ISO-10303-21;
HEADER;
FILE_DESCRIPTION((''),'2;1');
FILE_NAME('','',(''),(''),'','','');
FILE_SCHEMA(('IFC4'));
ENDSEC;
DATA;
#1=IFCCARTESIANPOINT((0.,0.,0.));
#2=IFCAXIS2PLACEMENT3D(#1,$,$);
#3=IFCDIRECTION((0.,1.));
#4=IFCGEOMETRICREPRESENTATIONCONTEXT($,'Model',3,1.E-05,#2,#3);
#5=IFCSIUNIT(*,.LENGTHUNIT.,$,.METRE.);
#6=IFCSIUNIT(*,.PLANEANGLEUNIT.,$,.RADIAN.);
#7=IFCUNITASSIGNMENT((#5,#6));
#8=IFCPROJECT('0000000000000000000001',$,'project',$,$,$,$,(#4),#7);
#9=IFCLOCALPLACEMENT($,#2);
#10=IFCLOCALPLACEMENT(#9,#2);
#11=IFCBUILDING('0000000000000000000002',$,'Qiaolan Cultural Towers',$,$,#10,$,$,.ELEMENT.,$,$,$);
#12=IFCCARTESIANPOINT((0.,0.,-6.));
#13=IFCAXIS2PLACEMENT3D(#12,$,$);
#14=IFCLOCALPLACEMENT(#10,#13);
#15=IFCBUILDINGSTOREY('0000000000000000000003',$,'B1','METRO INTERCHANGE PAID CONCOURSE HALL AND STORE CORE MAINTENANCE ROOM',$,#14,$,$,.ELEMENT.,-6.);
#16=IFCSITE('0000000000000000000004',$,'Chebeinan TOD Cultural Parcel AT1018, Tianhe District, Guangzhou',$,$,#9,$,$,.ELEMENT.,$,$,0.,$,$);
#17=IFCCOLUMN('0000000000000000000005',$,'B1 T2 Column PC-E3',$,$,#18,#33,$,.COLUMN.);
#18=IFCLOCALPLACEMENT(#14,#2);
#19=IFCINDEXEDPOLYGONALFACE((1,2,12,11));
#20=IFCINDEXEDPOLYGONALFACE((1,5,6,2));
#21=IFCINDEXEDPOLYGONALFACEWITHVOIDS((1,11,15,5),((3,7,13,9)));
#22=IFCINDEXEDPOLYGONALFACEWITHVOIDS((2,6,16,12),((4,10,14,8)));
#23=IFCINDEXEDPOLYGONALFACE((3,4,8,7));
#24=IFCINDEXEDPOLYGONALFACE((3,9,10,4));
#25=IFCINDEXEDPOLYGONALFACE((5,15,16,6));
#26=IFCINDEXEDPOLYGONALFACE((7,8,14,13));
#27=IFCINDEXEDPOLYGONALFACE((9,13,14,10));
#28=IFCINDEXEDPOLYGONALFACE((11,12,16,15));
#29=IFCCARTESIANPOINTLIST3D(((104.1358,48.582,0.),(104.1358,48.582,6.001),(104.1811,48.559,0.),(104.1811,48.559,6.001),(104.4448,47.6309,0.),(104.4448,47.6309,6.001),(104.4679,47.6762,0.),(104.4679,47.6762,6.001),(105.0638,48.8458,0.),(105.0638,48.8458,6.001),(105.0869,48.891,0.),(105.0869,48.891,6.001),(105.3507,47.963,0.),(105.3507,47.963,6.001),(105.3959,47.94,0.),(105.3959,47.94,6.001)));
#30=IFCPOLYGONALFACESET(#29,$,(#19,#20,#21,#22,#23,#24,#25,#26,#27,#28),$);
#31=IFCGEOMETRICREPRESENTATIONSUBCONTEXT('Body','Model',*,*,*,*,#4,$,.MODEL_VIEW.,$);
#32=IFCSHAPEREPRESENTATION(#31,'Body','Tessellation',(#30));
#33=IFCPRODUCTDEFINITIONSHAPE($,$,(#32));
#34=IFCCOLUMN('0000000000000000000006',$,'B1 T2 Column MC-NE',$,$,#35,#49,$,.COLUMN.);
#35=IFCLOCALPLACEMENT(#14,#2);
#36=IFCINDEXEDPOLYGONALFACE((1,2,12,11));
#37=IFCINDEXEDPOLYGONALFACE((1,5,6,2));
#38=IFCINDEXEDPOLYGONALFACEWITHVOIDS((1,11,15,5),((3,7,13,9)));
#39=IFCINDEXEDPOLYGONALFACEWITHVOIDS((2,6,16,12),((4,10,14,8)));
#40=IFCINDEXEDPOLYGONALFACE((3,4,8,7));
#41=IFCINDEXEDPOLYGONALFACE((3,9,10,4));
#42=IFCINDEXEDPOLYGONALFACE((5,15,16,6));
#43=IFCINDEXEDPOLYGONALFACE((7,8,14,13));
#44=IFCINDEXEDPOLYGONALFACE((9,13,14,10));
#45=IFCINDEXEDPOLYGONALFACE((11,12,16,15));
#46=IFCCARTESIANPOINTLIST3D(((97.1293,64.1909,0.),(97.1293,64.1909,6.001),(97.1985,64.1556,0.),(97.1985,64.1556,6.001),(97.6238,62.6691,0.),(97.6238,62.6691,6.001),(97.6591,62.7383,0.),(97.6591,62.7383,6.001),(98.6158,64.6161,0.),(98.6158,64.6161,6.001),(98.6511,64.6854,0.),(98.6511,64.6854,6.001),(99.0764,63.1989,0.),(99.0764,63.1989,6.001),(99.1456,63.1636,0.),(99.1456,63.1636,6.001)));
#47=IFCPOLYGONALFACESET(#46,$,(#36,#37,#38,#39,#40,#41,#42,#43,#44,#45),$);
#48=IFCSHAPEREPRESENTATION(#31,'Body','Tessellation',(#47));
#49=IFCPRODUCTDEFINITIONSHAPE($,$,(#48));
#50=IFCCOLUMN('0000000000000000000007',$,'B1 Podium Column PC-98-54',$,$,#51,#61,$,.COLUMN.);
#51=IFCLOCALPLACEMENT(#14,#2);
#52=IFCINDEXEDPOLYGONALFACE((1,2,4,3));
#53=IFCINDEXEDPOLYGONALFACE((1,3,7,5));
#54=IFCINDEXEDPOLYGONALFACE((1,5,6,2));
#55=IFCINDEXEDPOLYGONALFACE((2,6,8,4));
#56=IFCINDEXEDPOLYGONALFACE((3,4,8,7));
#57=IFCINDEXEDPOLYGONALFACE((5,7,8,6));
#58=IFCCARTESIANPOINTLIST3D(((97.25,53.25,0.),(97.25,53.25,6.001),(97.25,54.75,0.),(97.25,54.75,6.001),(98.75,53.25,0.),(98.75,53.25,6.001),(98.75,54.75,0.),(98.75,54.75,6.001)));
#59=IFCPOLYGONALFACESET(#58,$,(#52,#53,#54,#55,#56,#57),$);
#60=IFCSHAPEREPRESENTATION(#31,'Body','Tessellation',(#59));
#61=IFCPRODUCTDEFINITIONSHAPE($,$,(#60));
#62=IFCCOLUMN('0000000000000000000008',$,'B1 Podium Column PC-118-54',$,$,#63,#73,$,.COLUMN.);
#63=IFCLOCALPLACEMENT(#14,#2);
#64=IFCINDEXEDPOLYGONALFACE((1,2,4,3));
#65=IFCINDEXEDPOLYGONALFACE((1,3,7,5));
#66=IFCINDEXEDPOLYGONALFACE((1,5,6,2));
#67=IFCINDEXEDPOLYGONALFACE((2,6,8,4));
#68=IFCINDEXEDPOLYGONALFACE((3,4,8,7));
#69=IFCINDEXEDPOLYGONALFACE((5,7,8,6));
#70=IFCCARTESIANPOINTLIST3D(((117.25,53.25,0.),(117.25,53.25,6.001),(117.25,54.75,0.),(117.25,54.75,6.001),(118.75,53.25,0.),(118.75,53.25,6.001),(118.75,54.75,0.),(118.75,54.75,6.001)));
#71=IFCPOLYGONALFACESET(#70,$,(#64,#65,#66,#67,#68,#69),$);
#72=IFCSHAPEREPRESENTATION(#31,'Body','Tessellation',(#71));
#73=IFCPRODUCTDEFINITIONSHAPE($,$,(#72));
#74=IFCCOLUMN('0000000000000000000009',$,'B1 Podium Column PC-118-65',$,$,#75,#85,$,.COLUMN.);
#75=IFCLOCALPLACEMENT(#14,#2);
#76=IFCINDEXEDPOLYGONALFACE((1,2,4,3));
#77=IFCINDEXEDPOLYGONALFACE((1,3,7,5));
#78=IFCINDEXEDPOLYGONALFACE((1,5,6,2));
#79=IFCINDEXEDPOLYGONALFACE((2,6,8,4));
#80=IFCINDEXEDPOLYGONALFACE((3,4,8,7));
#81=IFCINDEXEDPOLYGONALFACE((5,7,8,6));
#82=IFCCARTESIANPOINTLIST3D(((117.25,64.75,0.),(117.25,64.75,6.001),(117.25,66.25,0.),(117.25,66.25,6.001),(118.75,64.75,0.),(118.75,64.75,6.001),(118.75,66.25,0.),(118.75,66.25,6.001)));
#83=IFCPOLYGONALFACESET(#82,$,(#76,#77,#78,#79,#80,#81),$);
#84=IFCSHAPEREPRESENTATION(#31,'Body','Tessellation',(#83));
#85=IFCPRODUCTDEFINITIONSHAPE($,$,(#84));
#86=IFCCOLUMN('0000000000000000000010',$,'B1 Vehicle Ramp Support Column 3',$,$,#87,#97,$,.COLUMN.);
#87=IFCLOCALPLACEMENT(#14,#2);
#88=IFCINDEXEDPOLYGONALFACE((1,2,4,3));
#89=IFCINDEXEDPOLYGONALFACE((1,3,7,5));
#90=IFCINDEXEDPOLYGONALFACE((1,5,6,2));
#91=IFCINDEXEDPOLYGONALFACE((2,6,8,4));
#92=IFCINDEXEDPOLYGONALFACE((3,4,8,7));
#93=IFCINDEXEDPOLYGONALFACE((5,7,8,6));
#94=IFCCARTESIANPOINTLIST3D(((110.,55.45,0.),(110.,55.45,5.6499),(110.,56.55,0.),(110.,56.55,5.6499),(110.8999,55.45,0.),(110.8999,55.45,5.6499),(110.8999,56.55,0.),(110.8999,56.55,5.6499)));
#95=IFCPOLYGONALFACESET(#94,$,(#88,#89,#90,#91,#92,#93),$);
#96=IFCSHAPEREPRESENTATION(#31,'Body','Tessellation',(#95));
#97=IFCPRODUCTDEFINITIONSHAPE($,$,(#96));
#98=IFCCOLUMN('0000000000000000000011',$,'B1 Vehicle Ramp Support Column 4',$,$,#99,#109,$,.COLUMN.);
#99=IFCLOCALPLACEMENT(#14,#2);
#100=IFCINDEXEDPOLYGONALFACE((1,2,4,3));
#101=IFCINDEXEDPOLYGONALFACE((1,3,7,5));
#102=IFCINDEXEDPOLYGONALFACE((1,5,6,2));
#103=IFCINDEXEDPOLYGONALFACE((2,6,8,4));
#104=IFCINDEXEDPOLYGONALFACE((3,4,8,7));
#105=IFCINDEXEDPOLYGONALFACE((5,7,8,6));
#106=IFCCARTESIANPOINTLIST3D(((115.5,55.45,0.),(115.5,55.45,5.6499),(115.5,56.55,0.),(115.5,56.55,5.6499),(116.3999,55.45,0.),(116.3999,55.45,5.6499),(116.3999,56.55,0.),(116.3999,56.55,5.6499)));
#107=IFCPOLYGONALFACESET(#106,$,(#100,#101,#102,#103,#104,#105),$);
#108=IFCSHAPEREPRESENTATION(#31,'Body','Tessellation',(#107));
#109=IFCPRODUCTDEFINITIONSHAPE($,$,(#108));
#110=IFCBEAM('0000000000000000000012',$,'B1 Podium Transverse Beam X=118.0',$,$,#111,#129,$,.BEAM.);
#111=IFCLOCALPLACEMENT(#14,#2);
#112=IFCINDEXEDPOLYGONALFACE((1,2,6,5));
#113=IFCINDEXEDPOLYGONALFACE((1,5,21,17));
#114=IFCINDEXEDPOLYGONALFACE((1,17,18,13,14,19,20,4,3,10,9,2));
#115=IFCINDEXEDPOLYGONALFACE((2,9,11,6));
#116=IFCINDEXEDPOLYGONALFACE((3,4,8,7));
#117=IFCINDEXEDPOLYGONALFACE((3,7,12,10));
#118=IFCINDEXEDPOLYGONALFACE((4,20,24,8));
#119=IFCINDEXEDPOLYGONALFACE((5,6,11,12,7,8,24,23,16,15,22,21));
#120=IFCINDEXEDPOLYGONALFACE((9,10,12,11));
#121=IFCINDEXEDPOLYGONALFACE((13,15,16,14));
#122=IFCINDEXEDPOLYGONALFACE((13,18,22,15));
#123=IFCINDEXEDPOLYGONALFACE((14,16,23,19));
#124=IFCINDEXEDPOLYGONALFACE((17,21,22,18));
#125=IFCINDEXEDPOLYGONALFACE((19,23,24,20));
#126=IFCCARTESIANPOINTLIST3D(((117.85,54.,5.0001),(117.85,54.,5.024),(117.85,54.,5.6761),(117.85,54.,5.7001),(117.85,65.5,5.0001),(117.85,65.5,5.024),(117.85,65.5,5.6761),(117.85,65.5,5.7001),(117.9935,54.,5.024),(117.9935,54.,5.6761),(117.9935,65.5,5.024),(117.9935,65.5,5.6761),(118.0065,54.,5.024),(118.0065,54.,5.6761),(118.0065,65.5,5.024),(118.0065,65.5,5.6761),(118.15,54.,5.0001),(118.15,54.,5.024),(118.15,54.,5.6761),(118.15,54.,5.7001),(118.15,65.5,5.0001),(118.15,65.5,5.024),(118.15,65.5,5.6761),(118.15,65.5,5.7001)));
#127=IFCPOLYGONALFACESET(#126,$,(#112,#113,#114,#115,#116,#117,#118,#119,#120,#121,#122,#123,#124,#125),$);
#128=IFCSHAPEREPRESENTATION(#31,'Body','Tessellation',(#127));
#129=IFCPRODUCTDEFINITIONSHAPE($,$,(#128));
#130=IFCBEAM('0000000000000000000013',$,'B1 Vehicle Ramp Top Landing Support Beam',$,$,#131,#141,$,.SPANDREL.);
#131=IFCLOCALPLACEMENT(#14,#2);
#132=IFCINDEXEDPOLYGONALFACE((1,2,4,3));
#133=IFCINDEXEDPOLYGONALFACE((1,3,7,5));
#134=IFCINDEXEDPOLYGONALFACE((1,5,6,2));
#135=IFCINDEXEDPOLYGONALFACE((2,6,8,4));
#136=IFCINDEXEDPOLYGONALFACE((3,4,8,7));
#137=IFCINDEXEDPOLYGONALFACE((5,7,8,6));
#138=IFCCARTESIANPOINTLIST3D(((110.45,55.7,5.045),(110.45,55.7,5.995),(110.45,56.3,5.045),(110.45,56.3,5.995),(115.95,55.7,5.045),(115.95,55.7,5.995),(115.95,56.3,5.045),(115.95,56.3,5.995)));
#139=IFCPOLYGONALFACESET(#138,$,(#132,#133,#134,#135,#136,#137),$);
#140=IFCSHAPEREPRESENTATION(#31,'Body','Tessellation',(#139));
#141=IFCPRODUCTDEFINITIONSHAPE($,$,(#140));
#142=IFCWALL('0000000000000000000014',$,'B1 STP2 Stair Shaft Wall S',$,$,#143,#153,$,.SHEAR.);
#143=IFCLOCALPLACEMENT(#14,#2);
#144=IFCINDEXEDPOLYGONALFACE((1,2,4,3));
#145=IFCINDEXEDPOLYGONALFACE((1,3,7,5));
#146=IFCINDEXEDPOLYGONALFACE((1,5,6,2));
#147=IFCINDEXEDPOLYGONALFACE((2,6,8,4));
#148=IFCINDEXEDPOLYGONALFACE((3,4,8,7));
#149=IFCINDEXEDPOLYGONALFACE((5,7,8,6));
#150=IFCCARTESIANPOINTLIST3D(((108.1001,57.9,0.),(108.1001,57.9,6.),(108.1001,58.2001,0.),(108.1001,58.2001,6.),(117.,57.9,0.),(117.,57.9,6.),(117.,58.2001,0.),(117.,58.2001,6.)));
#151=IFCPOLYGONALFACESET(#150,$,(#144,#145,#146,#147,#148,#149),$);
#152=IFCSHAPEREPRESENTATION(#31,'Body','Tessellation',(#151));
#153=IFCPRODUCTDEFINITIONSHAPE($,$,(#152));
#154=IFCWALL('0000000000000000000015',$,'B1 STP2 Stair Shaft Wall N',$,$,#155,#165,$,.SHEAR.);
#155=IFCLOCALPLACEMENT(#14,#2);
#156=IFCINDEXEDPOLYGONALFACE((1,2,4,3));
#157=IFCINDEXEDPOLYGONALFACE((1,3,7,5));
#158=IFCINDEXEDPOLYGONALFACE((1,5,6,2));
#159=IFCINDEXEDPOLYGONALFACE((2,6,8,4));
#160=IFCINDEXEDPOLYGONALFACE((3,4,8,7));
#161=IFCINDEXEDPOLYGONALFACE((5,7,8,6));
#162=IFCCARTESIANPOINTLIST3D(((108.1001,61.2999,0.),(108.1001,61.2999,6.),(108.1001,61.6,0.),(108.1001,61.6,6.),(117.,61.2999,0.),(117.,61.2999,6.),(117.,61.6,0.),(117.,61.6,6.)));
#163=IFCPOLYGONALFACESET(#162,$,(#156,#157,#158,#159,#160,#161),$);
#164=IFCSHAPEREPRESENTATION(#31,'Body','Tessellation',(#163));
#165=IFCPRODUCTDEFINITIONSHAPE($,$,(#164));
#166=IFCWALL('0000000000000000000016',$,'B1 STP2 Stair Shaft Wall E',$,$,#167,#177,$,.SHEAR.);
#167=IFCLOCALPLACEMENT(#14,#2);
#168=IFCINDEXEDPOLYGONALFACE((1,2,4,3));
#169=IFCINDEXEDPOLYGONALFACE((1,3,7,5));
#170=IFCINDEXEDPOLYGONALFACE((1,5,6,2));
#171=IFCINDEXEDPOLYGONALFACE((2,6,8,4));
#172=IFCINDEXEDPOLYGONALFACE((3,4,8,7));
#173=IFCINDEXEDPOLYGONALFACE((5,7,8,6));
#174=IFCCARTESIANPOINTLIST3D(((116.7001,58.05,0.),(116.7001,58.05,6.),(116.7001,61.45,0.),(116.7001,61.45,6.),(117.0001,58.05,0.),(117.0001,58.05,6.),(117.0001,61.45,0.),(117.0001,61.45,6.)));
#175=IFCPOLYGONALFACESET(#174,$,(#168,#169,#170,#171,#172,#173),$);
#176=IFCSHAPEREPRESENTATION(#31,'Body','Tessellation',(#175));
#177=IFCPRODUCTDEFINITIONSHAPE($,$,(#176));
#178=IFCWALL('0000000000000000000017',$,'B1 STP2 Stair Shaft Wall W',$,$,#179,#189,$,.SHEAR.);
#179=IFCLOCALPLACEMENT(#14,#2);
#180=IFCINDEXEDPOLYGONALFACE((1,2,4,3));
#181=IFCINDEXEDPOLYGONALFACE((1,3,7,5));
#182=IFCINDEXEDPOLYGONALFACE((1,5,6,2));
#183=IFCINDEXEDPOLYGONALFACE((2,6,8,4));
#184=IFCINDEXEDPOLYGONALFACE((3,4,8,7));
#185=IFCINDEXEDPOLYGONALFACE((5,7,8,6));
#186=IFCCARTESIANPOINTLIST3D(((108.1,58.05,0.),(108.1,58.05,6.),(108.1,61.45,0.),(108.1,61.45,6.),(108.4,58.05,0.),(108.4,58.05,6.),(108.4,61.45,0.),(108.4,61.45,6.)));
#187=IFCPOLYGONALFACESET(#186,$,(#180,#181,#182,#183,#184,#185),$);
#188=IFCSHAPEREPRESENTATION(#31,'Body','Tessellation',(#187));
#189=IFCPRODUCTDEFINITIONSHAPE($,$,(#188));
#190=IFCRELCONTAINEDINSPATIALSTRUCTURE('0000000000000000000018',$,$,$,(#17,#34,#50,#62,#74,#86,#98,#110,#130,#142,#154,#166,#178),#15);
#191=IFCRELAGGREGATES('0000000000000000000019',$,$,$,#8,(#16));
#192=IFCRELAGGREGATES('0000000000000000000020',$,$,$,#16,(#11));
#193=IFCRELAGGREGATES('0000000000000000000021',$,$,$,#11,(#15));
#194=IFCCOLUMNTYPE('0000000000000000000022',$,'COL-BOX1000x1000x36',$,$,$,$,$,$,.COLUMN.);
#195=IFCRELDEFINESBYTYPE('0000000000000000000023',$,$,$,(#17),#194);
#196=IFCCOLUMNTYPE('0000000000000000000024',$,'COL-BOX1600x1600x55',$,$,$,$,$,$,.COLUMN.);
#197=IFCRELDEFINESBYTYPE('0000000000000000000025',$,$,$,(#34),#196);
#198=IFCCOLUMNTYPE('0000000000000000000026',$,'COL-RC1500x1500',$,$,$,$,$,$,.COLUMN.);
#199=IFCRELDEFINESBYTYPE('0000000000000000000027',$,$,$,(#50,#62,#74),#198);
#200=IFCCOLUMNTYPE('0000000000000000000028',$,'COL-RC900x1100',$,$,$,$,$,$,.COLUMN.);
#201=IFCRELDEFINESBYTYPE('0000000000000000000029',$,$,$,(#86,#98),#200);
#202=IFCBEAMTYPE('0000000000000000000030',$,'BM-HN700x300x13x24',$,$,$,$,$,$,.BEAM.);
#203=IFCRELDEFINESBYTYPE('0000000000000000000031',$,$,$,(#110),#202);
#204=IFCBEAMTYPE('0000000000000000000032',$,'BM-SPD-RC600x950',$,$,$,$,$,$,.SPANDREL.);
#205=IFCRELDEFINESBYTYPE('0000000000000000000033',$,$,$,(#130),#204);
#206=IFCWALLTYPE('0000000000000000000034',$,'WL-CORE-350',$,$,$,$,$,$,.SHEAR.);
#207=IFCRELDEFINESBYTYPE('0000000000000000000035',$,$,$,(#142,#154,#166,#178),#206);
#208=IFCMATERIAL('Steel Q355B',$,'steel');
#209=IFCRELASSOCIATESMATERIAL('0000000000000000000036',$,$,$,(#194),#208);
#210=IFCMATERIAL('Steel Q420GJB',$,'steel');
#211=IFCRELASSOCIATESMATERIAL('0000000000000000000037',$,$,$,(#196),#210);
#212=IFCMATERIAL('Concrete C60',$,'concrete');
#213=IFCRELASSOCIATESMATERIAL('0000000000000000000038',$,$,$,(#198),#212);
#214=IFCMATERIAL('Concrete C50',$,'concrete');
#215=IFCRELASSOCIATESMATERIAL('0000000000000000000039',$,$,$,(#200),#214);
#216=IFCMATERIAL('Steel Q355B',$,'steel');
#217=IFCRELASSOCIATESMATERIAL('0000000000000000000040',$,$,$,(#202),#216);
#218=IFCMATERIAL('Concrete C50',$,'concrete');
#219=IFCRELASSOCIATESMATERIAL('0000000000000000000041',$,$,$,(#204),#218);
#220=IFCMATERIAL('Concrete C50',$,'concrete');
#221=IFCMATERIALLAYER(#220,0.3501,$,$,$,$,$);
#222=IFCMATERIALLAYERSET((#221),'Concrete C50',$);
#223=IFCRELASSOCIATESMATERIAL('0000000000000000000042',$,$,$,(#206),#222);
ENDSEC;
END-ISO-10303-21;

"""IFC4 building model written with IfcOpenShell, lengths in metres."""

from ifc_helpers import new_model, si_unit, direction, frame, frame_2d, origin, origin_2d, place, context, subcontext, project, spatial, rectangle, hollow_rectangle, i_section, extrude, material, layer, layer_set, material_profile, profile_set, type_object, element, save


model = new_model("IFC4")

# Units and contexts
model_context = context("Model", 3, precision=1e-05, world=origin(), true_north=direction((0.0, 1.0)))
body_context = subcontext(model_context, "Body", "Model", "MODEL_VIEW")
ifc_project = project(units=[si_unit("LENGTHUNIT", "METRE"), si_unit("PLANEANGLEUNIT", "RADIAN")], contexts=[model_context])

# Site, building, storey
site_placement = place(None, origin())
site = spatial("IfcSite", under=ifc_project, at=site_placement, Name="Chebeinan TOD Cultural Parcel AT1018, Tianhe District, Guangzhou", CompositionType="ELEMENT", RefElevation=0.0)
building_placement = place(site_placement, origin())
building = spatial("IfcBuilding", under=site, at=building_placement, Name="Qiaolan Cultural Towers", CompositionType="ELEMENT")
storey_placement = place(building_placement, frame((0.0, 0.0, -6.0)))
storey = spatial("IfcBuildingStorey", under=building, at=storey_placement, Name="B1", Description="METRO INTERCHANGE PAID CONCOURSE HALL AND STORE CORE MAINTENANCE ROOM", CompositionType="ELEMENT", Elevation=-6.0)

# Columns
ifc_material_1 = material(Name="Steel Q355B", Category="steel")
ifc_material_profile_1 = material_profile(ifc_material_1, hollow_rectangle(XDim=1.0, YDim=1.0, WallThickness=0.0359, at=origin_2d()), Name="BOX1000x1000x36")
ifc_profile_set_1 = profile_set([ifc_material_profile_1], Name="Steel Q355B")
column_type_1 = type_object("IfcColumnType", Name="COL-BOX1000x1000x36", PredefinedType="COLUMN", material=ifc_profile_set_1)
column_1_placement = place(storey_placement, frame((104.7659, 48.261, 0.0), z_axis=(0.0, 0.0, 1.0), x_axis=(0.951057, 0.309017, 0.0)))
element("IfcColumn", 1, at=column_1_placement, inside=storey, type_object=column_type_1, Name="B1 T2 Column PC-E3", PredefinedType="COLUMN", context=body_context, shape_type="SweptSolid", body=[
    extrude(hollow_rectangle(XDim=1.0, YDim=1.0, WallThickness=0.0359, at=origin_2d()), origin(), (0.0, 0.0, 1.0), 6.001),
])
ifc_material_2 = material(Name="Steel Q420GJB", Category="steel")
ifc_material_profile_2 = material_profile(ifc_material_2, hollow_rectangle(XDim=1.6001, YDim=1.6001, WallThickness=0.0549, at=origin_2d()), Name="BOX1600x1600x55")
ifc_profile_set_2 = profile_set([ifc_material_profile_2], Name="Steel Q420GJB")
column_type_2 = type_object("IfcColumnType", Name="COL-BOX1600x1600x55", PredefinedType="COLUMN", material=ifc_profile_set_2)
column_2_placement = place(storey_placement, frame((98.1375, 63.6772, 0.0), z_axis=(0.0, 0.0, 1.0), x_axis=(0.951057, 0.309017, 0.0)))
element("IfcColumn", 2, at=column_2_placement, inside=storey, type_object=column_type_2, Name="B1 T2 Column MC-NE", PredefinedType="COLUMN", context=body_context, shape_type="SweptSolid", body=[
    extrude(hollow_rectangle(XDim=1.6001, YDim=1.6001, WallThickness=0.0549, at=origin_2d()), origin(), (0.0, 0.0, 1.0), 6.001),
])
ifc_material_3 = material(Name="Concrete C60", Category="concrete")
ifc_material_profile_3 = material_profile(ifc_material_3, rectangle(XDim=1.5, YDim=1.5, at=origin_2d()), Name="RC1500x1500")
ifc_profile_set_3 = profile_set([ifc_material_profile_3], Name="Concrete C60")
column_type_3 = type_object("IfcColumnType", Name="COL-RC1500x1500", PredefinedType="COLUMN", material=ifc_profile_set_3)
for number, where, z_axis, x_axis, name in (
    (3, (98.0, 54.0, 0.0), (0.0, 0.0, 1.0), (1.0, 0.0, 0.0), "B1 Podium Column PC-98-54"),
    (4, (118.0, 54.0, 0.0), (0.0, 0.0, 1.0), (1.0, 0.0, 0.0), "B1 Podium Column PC-118-54"),
    (5, (118.0, 65.5, 0.0), (0.0, 0.0, 1.0), (1.0, 0.0, 0.0), "B1 Podium Column PC-118-65"),
):
    element("IfcColumn", number, at=place(storey_placement, frame(where, z_axis=z_axis, x_axis=x_axis)), inside=storey, type_object=column_type_3, Name=name, PredefinedType="COLUMN", context=body_context, shape_type="SweptSolid", body=[
        extrude(rectangle(XDim=1.5, YDim=1.5, at=origin_2d()), origin(), (0.0, 0.0, 1.0), 6.001),
    ])
ifc_material_4 = material(Name="Concrete C50", Category="concrete")
ifc_material_profile_4 = material_profile(ifc_material_4, rectangle(XDim=0.8999, YDim=1.1001, at=origin_2d()), Name="RC900x1100")
ifc_profile_set_4 = profile_set([ifc_material_profile_4], Name="Concrete C50")
column_type_4 = type_object("IfcColumnType", Name="COL-RC900x1100", PredefinedType="COLUMN", material=ifc_profile_set_4)
for number, where, z_axis, x_axis, name in (
    (6, (110.45, 56.0, 0.0), (0.0, 0.0, 1.0), (1.0, 0.0, 0.0), "B1 Vehicle Ramp Support Column 3"),
    (7, (115.95, 56.0, 0.0), (0.0, 0.0, 1.0), (1.0, 0.0, 0.0), "B1 Vehicle Ramp Support Column 4"),
):
    element("IfcColumn", number, at=place(storey_placement, frame(where, z_axis=z_axis, x_axis=x_axis)), inside=storey, type_object=column_type_4, Name=name, PredefinedType="COLUMN", context=body_context, shape_type="SweptSolid", body=[
        extrude(rectangle(XDim=0.8999, YDim=1.1001, at=origin_2d()), origin(), (0.0, 0.0, 1.0), 5.6499),
    ])

# Beams
ifc_material_5 = material(Name="Steel Q355B", Category="steel")
ifc_material_profile_5 = material_profile(ifc_material_5, i_section(OverallWidth=0.3, OverallDepth=0.7, WebThickness=0.0129, FlangeThickness=0.0239, at=origin_2d()), Name="HN700x300x13x24")
ifc_profile_set_5 = profile_set([ifc_material_profile_5], Name="Steel Q355B")
beam_type_1 = type_object("IfcBeamType", Name="BM-HN700x300x13x24", PredefinedType="BEAM", material=ifc_profile_set_5)
beam_1_placement = place(storey_placement, frame((118.0, 54.0, 5.3501), z_axis=(0.0, 1.0, 0.0), x_axis=(-1.0, 0.0, 0.0)))
element("IfcBeam", 8, at=beam_1_placement, inside=storey, type_object=beam_type_1, Name="B1 Podium Transverse Beam X=118.0", PredefinedType="BEAM", context=body_context, shape_type="SweptSolid", body=[
    extrude(i_section(OverallWidth=0.3, OverallDepth=0.7, WebThickness=0.0129, FlangeThickness=0.0239, at=origin_2d()), origin(), (0.0, 0.0, 1.0), 11.5),
])
ifc_material_6 = material(Name="Concrete C50", Category="concrete")
ifc_material_profile_6 = material_profile(ifc_material_6, rectangle(XDim=0.6001, YDim=0.95, at=origin_2d()), Name="RC600x950")
ifc_profile_set_6 = profile_set([ifc_material_profile_6], Name="Concrete C50")
beam_type_2 = type_object("IfcBeamType", Name="BM-SPD-RC600x950", PredefinedType="SPANDREL", material=ifc_profile_set_6)
beam_2_placement = place(storey_placement, frame((110.45, 56.0, 5.52), z_axis=(1.0, 0.0, 0.0), x_axis=(0.0, 1.0, 0.0)))
element("IfcBeam", 9, at=beam_2_placement, inside=storey, type_object=beam_type_2, Name="B1 Vehicle Ramp Top Landing Support Beam", PredefinedType="SPANDREL", context=body_context, shape_type="SweptSolid", body=[
    extrude(rectangle(XDim=0.6001, YDim=0.95, at=origin_2d()), origin(), (0.0, 0.0, 1.0), 5.5),
])

# Walls
ifc_material_7 = material(Name="Concrete C50", Category="concrete")
ifc_layer_1 = layer(ifc_material_7, 0.3501)
ifc_layer_set_1 = layer_set([ifc_layer_1], Name="Concrete C50")
wall_type_1 = type_object("IfcWallType", Name="WL-CORE-350", PredefinedType="SHEAR", material=ifc_layer_set_1)
for number, where, z_axis, x_axis, name in (
    (10, (108.1001, 58.05, 0.0), (0.0, 0.0, 1.0), (1.0, 0.0, 0.0), "B1 STP2 Stair Shaft Wall S"),
    (11, (108.1001, 61.45, 0.0), (0.0, 0.0, 1.0), (1.0, 0.0, 0.0), "B1 STP2 Stair Shaft Wall N"),
):
    element("IfcWall", number, at=place(storey_placement, frame(where, z_axis=z_axis, x_axis=x_axis)), inside=storey, type_object=wall_type_1, Name=name, PredefinedType="SHEAR", context=body_context, shape_type="SweptSolid", body=[
        extrude(rectangle(XDim=8.8999, YDim=0.3, at=frame_2d((4.45, 0.0))), origin(), (0.0, 0.0, 1.0), 6.0),
    ])
for number, where, z_axis, x_axis, name in (
    (12, (116.8501, 58.05, 0.0), (0.0, 0.0, 1.0), (0.0, 1.0, 0.0), "B1 STP2 Stair Shaft Wall E"),
    (13, (108.25, 58.05, 0.0), (0.0, 0.0, 1.0), (0.0, 1.0, 0.0), "B1 STP2 Stair Shaft Wall W"),
):
    element("IfcWall", number, at=place(storey_placement, frame(where, z_axis=z_axis, x_axis=x_axis)), inside=storey, type_object=wall_type_1, Name=name, PredefinedType="SHEAR", context=body_context, shape_type="SweptSolid", body=[
        extrude(rectangle(XDim=3.3999, YDim=0.3, at=frame_2d((1.7, 0.0))), origin(), (0.0, 0.0, 1.0), 6.0),
    ])

save(model, "model.ifc")
